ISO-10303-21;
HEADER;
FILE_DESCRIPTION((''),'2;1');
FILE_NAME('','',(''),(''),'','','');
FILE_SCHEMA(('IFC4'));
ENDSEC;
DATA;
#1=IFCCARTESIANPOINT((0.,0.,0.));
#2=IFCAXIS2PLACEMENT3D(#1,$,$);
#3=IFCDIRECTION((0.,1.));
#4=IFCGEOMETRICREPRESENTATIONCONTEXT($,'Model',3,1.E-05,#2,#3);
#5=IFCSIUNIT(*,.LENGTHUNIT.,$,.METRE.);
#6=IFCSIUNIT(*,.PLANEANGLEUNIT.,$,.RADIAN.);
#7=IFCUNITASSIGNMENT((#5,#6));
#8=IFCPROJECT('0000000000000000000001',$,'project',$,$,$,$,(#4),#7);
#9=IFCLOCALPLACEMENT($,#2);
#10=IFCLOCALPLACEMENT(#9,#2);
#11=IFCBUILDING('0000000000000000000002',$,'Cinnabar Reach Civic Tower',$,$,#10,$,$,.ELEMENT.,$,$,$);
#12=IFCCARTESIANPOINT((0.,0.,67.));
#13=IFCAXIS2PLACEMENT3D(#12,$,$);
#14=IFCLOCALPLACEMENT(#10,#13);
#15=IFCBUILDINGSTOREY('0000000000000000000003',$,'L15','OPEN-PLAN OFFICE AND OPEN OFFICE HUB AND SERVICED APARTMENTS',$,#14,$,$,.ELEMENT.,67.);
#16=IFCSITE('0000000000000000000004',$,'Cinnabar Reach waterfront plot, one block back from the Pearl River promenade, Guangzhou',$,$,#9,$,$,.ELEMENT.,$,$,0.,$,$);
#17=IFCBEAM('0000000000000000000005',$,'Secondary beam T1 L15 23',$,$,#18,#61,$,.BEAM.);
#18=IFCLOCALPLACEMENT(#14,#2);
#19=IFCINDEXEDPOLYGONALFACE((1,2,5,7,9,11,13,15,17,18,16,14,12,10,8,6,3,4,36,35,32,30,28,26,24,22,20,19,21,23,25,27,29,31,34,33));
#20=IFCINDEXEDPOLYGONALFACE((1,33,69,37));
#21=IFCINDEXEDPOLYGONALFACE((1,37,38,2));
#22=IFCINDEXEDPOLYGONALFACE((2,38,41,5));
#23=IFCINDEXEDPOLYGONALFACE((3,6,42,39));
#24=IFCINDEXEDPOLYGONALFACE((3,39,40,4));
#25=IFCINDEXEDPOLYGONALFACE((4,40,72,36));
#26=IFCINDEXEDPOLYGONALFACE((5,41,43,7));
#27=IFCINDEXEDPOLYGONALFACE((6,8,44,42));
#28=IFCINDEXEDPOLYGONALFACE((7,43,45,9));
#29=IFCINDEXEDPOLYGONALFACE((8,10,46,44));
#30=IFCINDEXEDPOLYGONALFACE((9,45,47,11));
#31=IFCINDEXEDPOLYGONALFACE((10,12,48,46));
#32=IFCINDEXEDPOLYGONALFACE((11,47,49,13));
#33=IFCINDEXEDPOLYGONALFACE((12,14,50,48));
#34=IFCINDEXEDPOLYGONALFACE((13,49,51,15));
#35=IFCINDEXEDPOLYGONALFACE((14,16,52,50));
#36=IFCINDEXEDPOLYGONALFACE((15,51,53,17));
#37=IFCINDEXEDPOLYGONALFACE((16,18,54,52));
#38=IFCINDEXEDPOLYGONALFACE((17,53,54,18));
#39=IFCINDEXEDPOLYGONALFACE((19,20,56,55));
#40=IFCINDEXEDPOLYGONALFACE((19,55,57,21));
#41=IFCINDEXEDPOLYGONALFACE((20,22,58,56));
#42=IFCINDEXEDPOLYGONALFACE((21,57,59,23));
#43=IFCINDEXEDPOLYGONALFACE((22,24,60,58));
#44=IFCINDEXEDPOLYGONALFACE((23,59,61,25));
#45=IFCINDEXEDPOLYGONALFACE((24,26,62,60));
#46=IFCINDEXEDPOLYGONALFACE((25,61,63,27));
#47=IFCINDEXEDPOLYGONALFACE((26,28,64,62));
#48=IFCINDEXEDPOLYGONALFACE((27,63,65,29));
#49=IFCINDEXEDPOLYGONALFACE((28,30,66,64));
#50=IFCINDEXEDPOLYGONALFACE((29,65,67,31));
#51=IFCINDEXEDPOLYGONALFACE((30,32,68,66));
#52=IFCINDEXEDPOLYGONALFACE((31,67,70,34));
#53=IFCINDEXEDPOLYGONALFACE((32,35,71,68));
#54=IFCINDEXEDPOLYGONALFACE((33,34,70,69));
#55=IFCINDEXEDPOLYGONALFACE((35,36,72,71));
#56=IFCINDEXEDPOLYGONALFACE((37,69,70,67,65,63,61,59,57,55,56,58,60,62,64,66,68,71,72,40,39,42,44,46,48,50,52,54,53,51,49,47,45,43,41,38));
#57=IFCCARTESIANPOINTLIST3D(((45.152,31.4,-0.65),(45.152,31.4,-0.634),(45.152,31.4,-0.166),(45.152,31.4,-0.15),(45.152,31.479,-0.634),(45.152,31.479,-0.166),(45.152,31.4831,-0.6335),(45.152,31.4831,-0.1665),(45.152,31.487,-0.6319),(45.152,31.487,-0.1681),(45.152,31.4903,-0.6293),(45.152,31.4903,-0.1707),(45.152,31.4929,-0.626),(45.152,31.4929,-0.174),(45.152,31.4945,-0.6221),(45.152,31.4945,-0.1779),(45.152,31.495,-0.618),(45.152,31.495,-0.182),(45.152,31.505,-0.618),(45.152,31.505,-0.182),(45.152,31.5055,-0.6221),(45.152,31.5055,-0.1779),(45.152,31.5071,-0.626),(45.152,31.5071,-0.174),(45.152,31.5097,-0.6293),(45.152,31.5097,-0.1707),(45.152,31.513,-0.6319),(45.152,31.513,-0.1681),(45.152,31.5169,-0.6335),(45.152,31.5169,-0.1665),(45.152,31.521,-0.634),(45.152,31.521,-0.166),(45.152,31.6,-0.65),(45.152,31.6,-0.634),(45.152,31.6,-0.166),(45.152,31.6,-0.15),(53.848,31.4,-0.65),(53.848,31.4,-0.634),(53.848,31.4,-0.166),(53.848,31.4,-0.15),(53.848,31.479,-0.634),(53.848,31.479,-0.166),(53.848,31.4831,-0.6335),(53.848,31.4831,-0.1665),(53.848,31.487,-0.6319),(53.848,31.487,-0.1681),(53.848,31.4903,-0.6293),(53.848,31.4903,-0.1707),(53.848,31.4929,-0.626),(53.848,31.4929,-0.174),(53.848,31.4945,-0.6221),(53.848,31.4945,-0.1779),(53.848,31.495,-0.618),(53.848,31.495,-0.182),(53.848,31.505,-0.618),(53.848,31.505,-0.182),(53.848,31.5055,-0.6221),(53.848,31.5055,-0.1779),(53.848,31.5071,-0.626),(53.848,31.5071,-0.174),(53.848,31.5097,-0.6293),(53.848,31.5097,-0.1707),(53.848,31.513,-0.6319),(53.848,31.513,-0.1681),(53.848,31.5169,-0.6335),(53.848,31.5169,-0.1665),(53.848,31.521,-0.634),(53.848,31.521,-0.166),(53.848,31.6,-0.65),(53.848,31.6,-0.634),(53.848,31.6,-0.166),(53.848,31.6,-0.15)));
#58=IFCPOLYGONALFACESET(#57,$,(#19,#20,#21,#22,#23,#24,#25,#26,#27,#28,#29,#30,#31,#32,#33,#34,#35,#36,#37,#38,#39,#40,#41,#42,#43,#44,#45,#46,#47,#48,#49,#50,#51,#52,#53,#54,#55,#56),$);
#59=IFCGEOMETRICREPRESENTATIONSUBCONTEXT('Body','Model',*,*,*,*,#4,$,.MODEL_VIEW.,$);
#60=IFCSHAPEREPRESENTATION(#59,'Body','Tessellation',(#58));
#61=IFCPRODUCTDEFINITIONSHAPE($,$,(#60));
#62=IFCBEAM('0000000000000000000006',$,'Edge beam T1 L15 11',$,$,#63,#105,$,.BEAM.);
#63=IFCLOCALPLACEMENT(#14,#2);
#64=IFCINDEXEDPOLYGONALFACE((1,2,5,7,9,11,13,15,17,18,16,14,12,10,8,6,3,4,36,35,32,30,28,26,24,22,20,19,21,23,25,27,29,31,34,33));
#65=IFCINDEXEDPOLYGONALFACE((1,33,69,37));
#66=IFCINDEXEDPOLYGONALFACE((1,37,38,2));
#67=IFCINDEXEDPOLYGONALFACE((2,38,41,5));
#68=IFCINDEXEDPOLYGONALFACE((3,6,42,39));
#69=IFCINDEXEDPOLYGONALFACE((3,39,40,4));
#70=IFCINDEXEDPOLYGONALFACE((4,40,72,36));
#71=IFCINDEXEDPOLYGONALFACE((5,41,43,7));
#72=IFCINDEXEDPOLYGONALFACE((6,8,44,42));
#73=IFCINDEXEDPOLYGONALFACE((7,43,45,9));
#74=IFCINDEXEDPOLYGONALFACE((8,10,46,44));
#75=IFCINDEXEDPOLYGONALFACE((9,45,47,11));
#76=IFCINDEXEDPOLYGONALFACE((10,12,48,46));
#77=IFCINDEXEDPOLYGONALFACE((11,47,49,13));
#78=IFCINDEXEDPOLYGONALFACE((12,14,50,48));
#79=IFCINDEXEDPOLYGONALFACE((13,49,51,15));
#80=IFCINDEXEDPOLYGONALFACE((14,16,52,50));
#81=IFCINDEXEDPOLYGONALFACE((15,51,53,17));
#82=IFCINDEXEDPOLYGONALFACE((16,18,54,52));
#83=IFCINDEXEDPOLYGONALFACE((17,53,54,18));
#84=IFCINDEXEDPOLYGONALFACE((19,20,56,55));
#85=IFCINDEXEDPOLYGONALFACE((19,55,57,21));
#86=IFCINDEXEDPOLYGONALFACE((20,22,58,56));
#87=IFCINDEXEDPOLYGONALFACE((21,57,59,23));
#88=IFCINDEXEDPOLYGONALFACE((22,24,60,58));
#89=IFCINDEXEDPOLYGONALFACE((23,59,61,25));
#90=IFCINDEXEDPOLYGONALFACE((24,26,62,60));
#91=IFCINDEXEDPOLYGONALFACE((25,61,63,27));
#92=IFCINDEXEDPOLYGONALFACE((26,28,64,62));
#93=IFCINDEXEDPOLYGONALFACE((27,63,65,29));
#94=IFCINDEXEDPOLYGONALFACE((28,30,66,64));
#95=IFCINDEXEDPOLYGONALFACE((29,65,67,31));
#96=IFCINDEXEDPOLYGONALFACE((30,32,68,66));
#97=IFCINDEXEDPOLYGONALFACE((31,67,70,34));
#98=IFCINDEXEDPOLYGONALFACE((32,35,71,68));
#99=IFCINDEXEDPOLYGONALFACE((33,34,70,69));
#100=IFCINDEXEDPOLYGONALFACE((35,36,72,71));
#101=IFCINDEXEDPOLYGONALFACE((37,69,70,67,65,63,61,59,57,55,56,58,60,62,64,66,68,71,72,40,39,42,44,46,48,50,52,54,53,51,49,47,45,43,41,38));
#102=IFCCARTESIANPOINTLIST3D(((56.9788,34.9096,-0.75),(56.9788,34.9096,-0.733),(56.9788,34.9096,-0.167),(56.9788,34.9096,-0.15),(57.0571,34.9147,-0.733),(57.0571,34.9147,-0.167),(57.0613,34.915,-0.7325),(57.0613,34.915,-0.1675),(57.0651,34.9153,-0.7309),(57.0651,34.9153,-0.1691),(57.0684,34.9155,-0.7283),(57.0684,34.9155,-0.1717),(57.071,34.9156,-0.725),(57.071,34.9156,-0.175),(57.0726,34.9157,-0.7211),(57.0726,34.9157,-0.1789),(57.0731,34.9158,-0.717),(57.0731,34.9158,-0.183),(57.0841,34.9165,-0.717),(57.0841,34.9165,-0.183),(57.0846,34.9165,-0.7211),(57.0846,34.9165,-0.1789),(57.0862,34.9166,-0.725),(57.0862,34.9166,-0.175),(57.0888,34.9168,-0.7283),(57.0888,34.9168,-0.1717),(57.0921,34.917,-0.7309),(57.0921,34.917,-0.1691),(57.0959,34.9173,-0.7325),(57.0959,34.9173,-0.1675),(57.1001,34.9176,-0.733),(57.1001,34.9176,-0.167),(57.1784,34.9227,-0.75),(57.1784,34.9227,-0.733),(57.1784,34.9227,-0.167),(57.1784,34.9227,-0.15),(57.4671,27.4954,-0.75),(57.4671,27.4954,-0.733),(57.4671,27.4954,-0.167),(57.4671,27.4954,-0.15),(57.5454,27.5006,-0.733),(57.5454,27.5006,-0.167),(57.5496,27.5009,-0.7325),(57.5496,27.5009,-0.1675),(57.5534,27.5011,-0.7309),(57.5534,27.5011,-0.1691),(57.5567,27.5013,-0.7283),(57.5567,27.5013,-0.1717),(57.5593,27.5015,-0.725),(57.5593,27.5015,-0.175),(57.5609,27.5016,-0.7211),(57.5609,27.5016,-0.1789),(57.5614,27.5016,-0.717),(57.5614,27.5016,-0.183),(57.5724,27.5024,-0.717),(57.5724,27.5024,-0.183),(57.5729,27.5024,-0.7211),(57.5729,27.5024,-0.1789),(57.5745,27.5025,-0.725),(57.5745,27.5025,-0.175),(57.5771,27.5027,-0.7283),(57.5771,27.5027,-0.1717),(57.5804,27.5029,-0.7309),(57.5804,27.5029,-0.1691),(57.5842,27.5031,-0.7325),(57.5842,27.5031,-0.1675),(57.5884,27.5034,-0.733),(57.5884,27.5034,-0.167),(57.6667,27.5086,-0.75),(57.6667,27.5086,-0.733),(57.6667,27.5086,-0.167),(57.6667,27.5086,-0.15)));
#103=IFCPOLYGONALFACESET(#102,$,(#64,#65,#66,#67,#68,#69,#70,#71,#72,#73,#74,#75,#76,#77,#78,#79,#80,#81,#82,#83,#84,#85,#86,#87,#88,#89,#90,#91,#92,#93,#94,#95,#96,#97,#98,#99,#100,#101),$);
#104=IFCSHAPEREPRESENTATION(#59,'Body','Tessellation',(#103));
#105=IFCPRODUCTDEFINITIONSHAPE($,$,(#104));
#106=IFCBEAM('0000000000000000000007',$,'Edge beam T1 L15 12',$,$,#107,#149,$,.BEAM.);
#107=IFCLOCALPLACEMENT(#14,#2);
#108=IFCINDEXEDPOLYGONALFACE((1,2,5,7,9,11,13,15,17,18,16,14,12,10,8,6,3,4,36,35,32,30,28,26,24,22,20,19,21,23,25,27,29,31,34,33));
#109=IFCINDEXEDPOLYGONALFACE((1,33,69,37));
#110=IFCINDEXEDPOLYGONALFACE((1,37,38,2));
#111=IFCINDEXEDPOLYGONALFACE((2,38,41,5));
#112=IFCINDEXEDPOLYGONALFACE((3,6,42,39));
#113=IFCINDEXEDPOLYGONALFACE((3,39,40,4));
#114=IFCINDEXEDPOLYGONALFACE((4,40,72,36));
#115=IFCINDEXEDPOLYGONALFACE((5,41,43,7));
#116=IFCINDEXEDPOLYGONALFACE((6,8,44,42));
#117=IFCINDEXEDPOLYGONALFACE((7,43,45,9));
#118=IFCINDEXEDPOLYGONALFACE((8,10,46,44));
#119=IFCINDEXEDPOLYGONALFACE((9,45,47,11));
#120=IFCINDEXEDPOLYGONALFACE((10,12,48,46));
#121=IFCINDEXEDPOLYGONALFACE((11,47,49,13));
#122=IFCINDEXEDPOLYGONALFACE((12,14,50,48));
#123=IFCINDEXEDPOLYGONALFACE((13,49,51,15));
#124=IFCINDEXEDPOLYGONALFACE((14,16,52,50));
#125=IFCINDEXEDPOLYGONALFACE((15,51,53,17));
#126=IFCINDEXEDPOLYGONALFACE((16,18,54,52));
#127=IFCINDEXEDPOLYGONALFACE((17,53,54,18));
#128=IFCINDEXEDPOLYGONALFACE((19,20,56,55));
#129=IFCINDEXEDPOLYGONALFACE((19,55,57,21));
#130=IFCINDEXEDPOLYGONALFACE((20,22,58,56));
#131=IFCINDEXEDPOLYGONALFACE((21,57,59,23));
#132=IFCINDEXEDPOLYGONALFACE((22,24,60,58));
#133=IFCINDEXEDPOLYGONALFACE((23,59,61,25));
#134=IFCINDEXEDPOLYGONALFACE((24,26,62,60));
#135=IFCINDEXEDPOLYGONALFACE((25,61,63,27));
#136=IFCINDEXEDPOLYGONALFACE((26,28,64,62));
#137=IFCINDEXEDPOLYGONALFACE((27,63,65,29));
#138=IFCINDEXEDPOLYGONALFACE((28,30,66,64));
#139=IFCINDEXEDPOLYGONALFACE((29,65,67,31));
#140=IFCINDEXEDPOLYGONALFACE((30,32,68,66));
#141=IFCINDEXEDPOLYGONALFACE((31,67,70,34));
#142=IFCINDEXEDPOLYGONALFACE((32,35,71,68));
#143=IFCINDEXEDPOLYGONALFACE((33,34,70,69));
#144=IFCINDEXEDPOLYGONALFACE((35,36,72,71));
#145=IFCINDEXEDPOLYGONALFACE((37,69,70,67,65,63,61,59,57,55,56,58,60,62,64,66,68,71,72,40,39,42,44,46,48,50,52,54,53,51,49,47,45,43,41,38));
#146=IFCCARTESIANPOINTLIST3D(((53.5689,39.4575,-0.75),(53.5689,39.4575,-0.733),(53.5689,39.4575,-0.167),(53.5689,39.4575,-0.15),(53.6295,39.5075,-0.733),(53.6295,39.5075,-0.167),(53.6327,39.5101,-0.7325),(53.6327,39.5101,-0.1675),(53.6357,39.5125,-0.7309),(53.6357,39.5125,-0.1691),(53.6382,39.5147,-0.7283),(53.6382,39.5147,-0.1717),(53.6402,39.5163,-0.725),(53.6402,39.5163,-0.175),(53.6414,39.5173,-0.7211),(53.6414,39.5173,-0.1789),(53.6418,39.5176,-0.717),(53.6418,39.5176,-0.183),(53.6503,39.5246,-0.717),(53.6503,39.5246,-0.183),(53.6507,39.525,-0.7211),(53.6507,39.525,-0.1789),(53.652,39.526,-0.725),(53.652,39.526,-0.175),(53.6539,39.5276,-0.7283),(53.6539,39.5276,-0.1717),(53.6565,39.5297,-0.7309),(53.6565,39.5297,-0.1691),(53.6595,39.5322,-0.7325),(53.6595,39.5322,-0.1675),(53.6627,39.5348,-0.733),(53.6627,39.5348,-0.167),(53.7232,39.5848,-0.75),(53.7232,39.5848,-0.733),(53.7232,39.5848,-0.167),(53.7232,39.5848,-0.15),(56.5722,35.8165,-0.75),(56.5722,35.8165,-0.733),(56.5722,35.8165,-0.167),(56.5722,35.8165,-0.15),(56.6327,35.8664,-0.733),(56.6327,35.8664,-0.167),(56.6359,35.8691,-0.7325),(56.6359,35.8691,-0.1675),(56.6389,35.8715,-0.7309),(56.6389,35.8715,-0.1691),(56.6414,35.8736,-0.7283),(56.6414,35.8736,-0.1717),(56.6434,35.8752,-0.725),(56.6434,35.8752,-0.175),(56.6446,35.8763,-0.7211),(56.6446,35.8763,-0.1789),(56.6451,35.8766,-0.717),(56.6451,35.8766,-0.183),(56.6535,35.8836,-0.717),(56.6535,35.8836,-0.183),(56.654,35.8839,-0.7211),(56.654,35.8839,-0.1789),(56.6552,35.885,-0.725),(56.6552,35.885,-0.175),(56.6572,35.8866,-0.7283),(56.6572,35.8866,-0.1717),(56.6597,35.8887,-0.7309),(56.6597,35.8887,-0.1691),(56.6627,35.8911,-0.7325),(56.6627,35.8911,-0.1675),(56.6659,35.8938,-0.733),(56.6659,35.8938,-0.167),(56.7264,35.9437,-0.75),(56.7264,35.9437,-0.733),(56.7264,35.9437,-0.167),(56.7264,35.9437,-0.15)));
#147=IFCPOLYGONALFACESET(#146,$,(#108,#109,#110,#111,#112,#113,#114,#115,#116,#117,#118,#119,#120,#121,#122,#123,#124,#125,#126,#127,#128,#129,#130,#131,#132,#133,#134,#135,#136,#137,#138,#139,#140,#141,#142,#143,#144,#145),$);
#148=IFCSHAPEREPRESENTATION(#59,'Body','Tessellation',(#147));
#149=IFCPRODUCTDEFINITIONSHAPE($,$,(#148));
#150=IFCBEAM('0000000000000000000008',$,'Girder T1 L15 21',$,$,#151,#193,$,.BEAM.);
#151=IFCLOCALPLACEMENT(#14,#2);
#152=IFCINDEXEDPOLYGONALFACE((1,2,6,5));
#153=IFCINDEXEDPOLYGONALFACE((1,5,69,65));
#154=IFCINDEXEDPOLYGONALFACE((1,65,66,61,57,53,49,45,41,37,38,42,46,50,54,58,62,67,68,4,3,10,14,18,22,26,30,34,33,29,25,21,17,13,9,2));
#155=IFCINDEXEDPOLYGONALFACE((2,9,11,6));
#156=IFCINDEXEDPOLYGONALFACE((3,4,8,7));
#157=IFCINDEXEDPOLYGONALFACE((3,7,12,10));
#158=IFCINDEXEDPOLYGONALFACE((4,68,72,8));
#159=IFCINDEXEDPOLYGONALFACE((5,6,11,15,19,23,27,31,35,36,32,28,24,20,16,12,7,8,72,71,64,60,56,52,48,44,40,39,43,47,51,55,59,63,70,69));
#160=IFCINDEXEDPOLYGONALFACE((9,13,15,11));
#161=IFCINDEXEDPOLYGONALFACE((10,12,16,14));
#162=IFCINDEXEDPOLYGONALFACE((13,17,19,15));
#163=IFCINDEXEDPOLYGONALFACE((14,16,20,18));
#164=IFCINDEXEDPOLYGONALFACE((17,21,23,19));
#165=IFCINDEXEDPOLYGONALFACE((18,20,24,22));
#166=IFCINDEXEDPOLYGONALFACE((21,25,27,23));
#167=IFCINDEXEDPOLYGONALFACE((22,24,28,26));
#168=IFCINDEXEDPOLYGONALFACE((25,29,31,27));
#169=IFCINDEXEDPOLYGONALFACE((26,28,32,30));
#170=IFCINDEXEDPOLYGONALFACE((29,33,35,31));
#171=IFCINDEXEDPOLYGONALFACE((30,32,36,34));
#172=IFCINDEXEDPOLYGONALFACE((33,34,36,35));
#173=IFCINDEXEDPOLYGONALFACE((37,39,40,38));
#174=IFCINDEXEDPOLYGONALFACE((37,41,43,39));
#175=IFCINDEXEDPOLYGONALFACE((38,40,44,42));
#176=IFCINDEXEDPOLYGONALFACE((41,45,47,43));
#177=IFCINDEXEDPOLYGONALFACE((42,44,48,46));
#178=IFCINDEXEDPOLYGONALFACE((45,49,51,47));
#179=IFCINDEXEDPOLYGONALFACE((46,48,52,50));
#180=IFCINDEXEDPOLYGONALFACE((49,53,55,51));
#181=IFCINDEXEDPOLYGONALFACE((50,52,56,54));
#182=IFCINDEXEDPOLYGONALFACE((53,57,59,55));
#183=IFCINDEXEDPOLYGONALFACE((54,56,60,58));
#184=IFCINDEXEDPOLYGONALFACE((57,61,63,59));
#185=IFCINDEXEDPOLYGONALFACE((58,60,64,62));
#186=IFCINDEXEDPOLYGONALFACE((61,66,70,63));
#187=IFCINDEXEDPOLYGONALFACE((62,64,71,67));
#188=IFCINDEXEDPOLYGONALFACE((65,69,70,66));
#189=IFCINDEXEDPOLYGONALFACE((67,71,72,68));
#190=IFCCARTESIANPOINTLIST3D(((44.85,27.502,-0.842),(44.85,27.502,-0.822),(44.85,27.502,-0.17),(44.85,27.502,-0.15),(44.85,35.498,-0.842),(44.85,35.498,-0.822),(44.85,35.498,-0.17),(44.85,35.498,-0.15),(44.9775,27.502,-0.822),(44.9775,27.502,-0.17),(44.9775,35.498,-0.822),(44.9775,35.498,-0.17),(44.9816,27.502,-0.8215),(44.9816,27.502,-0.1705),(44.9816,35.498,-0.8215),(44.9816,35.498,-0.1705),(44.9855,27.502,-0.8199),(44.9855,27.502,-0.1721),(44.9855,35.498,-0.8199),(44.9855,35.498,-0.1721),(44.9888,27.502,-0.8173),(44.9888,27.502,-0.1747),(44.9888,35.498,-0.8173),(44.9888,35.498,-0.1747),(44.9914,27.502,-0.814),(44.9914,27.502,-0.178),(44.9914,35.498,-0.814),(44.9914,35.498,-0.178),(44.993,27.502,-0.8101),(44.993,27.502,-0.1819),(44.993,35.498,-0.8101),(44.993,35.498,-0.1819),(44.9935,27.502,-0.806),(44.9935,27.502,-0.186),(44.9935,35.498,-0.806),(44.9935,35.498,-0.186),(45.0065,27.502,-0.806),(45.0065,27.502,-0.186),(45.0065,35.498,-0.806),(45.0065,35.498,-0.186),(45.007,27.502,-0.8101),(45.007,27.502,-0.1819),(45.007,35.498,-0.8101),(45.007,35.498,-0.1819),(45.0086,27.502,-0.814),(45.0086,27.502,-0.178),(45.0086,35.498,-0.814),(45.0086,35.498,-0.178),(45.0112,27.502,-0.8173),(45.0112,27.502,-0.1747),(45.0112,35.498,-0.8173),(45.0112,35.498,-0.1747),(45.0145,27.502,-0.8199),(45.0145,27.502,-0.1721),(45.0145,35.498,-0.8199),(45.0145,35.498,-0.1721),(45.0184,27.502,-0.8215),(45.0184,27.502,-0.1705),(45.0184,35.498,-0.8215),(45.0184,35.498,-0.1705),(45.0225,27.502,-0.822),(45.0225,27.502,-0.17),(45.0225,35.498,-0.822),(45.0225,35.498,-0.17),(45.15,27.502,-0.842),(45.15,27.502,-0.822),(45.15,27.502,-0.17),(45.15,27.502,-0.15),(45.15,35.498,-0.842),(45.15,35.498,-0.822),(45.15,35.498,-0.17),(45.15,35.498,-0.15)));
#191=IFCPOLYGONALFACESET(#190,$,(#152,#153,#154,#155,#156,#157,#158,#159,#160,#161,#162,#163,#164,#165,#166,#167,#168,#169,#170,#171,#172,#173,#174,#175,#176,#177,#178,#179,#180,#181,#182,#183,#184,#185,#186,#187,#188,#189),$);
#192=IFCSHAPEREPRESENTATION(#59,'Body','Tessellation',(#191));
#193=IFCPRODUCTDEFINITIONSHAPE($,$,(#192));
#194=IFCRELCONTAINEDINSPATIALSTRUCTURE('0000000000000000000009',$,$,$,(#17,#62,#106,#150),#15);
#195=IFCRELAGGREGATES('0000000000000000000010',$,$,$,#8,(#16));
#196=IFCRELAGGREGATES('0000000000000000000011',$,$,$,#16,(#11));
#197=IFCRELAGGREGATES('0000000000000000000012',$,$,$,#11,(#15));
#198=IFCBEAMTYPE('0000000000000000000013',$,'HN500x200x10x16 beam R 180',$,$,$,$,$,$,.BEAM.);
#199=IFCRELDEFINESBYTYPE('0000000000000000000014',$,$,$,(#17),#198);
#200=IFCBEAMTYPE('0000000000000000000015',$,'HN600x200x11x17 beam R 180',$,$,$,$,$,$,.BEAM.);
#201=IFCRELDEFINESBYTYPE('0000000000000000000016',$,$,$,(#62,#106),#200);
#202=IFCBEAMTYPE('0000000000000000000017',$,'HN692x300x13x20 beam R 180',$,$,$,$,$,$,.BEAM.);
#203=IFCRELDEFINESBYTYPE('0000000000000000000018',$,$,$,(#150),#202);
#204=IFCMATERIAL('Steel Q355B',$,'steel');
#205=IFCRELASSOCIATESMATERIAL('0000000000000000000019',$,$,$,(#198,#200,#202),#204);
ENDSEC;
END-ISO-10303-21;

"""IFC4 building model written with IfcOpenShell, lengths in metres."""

from ifc_helpers import new_model, si_unit, direction, frame, origin, origin_2d, place, context, subcontext, project, spatial, i_section, extrude, material, material_profile, profile_set, type_object, element, save


model = new_model("IFC4")

# Units and contexts
model_context = context("Model", 3, precision=1e-05, world=origin(), true_north=direction((0.0, 1.0)))
body_context = subcontext(model_context, "Body", "Model", "MODEL_VIEW")
ifc_project = project(units=[si_unit("LENGTHUNIT", "METRE"), si_unit("PLANEANGLEUNIT", "RADIAN")], contexts=[model_context])

# Site, building, storey
site_placement = place(None, origin())
site = spatial("IfcSite", under=ifc_project, at=site_placement, Name="Cinnabar Reach waterfront plot, one block back from the Pearl River promenade, Guangzhou", CompositionType="ELEMENT", RefElevation=0.0)
building_placement = place(site_placement, origin())
building = spatial("IfcBuilding", under=site, at=building_placement, Name="Cinnabar Reach Civic Tower", CompositionType="ELEMENT")
storey_placement = place(building_placement, frame((0.0, 0.0, 67.0)))
storey = spatial("IfcBuildingStorey", under=building, at=storey_placement, Name="L15", Description="OPEN-PLAN OFFICE AND OPEN OFFICE HUB AND SERVICED APARTMENTS", CompositionType="ELEMENT", Elevation=67.0)

# Beams
ifc_material_1 = material(Name="Steel Q355B", Category="steel")
ifc_material_profile_1 = material_profile(ifc_material_1, i_section(OverallWidth=0.2, OverallDepth=0.5, WebThickness=0.01, FlangeThickness=0.016, FilletRadius=0.016, at=origin_2d()), Name="HN500x200x10x16")
ifc_profile_set_1 = profile_set([ifc_material_profile_1], Name="Steel Q355B")
beam_type_1 = type_object("IfcBeamType", Name="HN500x200x10x16 beam R 180", PredefinedType="BEAM", material=ifc_profile_set_1)
beam_1_placement = place(storey_placement, frame((45.152, 31.5, -0.4), z_axis=(1.0, 0.0, 0.0), x_axis=(0.0, 1.0, 0.0)))
element("IfcBeam", 1, at=beam_1_placement, inside=storey, type_object=beam_type_1, Name="Secondary beam T1 L15 23", PredefinedType="BEAM", context=body_context, shape_type="SweptSolid", body=[
    extrude(i_section(OverallWidth=0.2, OverallDepth=0.5, WebThickness=0.01, FlangeThickness=0.016, FilletRadius=0.016, at=origin_2d()), origin(), (0.0, 0.0, 1.0), 8.696),
])
ifc_material_profile_2 = material_profile(ifc_material_1, i_section(OverallWidth=0.2, OverallDepth=0.6, WebThickness=0.011, FlangeThickness=0.017, FilletRadius=0.016, at=origin_2d()), Name="HN600x200x11x17")
ifc_profile_set_2 = profile_set([ifc_material_profile_2], Name="Steel Q355B")
beam_type_2 = type_object("IfcBeamType", Name="HN600x200x11x17 beam R 180", PredefinedType="BEAM", material=ifc_profile_set_2)
beam_2_placement = place(storey_placement, frame((57.5669, 27.502, -0.45), z_axis=(-0.065719, 0.997838, 0.0), x_axis=(-0.997838, -0.065719, 0.0)))
element("IfcBeam", 2, at=beam_2_placement, inside=storey, type_object=beam_type_2, Name="Edge beam T1 L15 11", PredefinedType="BEAM", context=body_context, shape_type="SweptSolid", body=[
    extrude(i_section(OverallWidth=0.2, OverallDepth=0.6, WebThickness=0.011, FlangeThickness=0.017, FilletRadius=0.016, at=origin_2d()), origin(), (0.0, 0.0, 1.0), 7.4302),
])
beam_3_placement = place(storey_placement, frame((56.6493, 35.8801, -0.45), z_axis=(-0.636304, 0.771438, 0.0), x_axis=(-0.771438, -0.636304, 0.0)))
element("IfcBeam", 3, at=beam_3_placement, inside=storey, type_object=beam_type_2, Name="Edge beam T1 L15 12", PredefinedType="BEAM", context=body_context, shape_type="SweptSolid", body=[
    extrude(i_section(OverallWidth=0.2, OverallDepth=0.6, WebThickness=0.011, FlangeThickness=0.017, FilletRadius=0.016, at=origin_2d()), origin(), (0.0, 0.0, 1.0), 4.7198),
])
ifc_material_profile_3 = material_profile(ifc_material_1, i_section(OverallWidth=0.3, OverallDepth=0.692, WebThickness=0.013, FlangeThickness=0.02, FilletRadius=0.016, at=origin_2d()), Name="HN692x300x13x20")
ifc_profile_set_3 = profile_set([ifc_material_profile_3], Name="Steel Q355B")
beam_type_3 = type_object("IfcBeamType", Name="HN692x300x13x20 beam R 180", PredefinedType="BEAM", material=ifc_profile_set_3)
for number, where, z_axis, x_axis, name in (
    (4, (45.0, 27.502, -0.496), (0.0, 1.0, 0.0), (-1.0, 0.0, 0.0), "Girder T1 L15 21"),
):
    element("IfcBeam", number, at=place(storey_placement, frame(where, z_axis=z_axis, x_axis=x_axis)), inside=storey, type_object=beam_type_3, Name=name, PredefinedType="BEAM", context=body_context, shape_type="SweptSolid", body=[
        extrude(i_section(OverallWidth=0.3, OverallDepth=0.692, WebThickness=0.013, FlangeThickness=0.02, FilletRadius=0.016, at=origin_2d()), origin(), (0.0, 0.0, 1.0), 7.996),
    ])

save(model, "model.ifc")
